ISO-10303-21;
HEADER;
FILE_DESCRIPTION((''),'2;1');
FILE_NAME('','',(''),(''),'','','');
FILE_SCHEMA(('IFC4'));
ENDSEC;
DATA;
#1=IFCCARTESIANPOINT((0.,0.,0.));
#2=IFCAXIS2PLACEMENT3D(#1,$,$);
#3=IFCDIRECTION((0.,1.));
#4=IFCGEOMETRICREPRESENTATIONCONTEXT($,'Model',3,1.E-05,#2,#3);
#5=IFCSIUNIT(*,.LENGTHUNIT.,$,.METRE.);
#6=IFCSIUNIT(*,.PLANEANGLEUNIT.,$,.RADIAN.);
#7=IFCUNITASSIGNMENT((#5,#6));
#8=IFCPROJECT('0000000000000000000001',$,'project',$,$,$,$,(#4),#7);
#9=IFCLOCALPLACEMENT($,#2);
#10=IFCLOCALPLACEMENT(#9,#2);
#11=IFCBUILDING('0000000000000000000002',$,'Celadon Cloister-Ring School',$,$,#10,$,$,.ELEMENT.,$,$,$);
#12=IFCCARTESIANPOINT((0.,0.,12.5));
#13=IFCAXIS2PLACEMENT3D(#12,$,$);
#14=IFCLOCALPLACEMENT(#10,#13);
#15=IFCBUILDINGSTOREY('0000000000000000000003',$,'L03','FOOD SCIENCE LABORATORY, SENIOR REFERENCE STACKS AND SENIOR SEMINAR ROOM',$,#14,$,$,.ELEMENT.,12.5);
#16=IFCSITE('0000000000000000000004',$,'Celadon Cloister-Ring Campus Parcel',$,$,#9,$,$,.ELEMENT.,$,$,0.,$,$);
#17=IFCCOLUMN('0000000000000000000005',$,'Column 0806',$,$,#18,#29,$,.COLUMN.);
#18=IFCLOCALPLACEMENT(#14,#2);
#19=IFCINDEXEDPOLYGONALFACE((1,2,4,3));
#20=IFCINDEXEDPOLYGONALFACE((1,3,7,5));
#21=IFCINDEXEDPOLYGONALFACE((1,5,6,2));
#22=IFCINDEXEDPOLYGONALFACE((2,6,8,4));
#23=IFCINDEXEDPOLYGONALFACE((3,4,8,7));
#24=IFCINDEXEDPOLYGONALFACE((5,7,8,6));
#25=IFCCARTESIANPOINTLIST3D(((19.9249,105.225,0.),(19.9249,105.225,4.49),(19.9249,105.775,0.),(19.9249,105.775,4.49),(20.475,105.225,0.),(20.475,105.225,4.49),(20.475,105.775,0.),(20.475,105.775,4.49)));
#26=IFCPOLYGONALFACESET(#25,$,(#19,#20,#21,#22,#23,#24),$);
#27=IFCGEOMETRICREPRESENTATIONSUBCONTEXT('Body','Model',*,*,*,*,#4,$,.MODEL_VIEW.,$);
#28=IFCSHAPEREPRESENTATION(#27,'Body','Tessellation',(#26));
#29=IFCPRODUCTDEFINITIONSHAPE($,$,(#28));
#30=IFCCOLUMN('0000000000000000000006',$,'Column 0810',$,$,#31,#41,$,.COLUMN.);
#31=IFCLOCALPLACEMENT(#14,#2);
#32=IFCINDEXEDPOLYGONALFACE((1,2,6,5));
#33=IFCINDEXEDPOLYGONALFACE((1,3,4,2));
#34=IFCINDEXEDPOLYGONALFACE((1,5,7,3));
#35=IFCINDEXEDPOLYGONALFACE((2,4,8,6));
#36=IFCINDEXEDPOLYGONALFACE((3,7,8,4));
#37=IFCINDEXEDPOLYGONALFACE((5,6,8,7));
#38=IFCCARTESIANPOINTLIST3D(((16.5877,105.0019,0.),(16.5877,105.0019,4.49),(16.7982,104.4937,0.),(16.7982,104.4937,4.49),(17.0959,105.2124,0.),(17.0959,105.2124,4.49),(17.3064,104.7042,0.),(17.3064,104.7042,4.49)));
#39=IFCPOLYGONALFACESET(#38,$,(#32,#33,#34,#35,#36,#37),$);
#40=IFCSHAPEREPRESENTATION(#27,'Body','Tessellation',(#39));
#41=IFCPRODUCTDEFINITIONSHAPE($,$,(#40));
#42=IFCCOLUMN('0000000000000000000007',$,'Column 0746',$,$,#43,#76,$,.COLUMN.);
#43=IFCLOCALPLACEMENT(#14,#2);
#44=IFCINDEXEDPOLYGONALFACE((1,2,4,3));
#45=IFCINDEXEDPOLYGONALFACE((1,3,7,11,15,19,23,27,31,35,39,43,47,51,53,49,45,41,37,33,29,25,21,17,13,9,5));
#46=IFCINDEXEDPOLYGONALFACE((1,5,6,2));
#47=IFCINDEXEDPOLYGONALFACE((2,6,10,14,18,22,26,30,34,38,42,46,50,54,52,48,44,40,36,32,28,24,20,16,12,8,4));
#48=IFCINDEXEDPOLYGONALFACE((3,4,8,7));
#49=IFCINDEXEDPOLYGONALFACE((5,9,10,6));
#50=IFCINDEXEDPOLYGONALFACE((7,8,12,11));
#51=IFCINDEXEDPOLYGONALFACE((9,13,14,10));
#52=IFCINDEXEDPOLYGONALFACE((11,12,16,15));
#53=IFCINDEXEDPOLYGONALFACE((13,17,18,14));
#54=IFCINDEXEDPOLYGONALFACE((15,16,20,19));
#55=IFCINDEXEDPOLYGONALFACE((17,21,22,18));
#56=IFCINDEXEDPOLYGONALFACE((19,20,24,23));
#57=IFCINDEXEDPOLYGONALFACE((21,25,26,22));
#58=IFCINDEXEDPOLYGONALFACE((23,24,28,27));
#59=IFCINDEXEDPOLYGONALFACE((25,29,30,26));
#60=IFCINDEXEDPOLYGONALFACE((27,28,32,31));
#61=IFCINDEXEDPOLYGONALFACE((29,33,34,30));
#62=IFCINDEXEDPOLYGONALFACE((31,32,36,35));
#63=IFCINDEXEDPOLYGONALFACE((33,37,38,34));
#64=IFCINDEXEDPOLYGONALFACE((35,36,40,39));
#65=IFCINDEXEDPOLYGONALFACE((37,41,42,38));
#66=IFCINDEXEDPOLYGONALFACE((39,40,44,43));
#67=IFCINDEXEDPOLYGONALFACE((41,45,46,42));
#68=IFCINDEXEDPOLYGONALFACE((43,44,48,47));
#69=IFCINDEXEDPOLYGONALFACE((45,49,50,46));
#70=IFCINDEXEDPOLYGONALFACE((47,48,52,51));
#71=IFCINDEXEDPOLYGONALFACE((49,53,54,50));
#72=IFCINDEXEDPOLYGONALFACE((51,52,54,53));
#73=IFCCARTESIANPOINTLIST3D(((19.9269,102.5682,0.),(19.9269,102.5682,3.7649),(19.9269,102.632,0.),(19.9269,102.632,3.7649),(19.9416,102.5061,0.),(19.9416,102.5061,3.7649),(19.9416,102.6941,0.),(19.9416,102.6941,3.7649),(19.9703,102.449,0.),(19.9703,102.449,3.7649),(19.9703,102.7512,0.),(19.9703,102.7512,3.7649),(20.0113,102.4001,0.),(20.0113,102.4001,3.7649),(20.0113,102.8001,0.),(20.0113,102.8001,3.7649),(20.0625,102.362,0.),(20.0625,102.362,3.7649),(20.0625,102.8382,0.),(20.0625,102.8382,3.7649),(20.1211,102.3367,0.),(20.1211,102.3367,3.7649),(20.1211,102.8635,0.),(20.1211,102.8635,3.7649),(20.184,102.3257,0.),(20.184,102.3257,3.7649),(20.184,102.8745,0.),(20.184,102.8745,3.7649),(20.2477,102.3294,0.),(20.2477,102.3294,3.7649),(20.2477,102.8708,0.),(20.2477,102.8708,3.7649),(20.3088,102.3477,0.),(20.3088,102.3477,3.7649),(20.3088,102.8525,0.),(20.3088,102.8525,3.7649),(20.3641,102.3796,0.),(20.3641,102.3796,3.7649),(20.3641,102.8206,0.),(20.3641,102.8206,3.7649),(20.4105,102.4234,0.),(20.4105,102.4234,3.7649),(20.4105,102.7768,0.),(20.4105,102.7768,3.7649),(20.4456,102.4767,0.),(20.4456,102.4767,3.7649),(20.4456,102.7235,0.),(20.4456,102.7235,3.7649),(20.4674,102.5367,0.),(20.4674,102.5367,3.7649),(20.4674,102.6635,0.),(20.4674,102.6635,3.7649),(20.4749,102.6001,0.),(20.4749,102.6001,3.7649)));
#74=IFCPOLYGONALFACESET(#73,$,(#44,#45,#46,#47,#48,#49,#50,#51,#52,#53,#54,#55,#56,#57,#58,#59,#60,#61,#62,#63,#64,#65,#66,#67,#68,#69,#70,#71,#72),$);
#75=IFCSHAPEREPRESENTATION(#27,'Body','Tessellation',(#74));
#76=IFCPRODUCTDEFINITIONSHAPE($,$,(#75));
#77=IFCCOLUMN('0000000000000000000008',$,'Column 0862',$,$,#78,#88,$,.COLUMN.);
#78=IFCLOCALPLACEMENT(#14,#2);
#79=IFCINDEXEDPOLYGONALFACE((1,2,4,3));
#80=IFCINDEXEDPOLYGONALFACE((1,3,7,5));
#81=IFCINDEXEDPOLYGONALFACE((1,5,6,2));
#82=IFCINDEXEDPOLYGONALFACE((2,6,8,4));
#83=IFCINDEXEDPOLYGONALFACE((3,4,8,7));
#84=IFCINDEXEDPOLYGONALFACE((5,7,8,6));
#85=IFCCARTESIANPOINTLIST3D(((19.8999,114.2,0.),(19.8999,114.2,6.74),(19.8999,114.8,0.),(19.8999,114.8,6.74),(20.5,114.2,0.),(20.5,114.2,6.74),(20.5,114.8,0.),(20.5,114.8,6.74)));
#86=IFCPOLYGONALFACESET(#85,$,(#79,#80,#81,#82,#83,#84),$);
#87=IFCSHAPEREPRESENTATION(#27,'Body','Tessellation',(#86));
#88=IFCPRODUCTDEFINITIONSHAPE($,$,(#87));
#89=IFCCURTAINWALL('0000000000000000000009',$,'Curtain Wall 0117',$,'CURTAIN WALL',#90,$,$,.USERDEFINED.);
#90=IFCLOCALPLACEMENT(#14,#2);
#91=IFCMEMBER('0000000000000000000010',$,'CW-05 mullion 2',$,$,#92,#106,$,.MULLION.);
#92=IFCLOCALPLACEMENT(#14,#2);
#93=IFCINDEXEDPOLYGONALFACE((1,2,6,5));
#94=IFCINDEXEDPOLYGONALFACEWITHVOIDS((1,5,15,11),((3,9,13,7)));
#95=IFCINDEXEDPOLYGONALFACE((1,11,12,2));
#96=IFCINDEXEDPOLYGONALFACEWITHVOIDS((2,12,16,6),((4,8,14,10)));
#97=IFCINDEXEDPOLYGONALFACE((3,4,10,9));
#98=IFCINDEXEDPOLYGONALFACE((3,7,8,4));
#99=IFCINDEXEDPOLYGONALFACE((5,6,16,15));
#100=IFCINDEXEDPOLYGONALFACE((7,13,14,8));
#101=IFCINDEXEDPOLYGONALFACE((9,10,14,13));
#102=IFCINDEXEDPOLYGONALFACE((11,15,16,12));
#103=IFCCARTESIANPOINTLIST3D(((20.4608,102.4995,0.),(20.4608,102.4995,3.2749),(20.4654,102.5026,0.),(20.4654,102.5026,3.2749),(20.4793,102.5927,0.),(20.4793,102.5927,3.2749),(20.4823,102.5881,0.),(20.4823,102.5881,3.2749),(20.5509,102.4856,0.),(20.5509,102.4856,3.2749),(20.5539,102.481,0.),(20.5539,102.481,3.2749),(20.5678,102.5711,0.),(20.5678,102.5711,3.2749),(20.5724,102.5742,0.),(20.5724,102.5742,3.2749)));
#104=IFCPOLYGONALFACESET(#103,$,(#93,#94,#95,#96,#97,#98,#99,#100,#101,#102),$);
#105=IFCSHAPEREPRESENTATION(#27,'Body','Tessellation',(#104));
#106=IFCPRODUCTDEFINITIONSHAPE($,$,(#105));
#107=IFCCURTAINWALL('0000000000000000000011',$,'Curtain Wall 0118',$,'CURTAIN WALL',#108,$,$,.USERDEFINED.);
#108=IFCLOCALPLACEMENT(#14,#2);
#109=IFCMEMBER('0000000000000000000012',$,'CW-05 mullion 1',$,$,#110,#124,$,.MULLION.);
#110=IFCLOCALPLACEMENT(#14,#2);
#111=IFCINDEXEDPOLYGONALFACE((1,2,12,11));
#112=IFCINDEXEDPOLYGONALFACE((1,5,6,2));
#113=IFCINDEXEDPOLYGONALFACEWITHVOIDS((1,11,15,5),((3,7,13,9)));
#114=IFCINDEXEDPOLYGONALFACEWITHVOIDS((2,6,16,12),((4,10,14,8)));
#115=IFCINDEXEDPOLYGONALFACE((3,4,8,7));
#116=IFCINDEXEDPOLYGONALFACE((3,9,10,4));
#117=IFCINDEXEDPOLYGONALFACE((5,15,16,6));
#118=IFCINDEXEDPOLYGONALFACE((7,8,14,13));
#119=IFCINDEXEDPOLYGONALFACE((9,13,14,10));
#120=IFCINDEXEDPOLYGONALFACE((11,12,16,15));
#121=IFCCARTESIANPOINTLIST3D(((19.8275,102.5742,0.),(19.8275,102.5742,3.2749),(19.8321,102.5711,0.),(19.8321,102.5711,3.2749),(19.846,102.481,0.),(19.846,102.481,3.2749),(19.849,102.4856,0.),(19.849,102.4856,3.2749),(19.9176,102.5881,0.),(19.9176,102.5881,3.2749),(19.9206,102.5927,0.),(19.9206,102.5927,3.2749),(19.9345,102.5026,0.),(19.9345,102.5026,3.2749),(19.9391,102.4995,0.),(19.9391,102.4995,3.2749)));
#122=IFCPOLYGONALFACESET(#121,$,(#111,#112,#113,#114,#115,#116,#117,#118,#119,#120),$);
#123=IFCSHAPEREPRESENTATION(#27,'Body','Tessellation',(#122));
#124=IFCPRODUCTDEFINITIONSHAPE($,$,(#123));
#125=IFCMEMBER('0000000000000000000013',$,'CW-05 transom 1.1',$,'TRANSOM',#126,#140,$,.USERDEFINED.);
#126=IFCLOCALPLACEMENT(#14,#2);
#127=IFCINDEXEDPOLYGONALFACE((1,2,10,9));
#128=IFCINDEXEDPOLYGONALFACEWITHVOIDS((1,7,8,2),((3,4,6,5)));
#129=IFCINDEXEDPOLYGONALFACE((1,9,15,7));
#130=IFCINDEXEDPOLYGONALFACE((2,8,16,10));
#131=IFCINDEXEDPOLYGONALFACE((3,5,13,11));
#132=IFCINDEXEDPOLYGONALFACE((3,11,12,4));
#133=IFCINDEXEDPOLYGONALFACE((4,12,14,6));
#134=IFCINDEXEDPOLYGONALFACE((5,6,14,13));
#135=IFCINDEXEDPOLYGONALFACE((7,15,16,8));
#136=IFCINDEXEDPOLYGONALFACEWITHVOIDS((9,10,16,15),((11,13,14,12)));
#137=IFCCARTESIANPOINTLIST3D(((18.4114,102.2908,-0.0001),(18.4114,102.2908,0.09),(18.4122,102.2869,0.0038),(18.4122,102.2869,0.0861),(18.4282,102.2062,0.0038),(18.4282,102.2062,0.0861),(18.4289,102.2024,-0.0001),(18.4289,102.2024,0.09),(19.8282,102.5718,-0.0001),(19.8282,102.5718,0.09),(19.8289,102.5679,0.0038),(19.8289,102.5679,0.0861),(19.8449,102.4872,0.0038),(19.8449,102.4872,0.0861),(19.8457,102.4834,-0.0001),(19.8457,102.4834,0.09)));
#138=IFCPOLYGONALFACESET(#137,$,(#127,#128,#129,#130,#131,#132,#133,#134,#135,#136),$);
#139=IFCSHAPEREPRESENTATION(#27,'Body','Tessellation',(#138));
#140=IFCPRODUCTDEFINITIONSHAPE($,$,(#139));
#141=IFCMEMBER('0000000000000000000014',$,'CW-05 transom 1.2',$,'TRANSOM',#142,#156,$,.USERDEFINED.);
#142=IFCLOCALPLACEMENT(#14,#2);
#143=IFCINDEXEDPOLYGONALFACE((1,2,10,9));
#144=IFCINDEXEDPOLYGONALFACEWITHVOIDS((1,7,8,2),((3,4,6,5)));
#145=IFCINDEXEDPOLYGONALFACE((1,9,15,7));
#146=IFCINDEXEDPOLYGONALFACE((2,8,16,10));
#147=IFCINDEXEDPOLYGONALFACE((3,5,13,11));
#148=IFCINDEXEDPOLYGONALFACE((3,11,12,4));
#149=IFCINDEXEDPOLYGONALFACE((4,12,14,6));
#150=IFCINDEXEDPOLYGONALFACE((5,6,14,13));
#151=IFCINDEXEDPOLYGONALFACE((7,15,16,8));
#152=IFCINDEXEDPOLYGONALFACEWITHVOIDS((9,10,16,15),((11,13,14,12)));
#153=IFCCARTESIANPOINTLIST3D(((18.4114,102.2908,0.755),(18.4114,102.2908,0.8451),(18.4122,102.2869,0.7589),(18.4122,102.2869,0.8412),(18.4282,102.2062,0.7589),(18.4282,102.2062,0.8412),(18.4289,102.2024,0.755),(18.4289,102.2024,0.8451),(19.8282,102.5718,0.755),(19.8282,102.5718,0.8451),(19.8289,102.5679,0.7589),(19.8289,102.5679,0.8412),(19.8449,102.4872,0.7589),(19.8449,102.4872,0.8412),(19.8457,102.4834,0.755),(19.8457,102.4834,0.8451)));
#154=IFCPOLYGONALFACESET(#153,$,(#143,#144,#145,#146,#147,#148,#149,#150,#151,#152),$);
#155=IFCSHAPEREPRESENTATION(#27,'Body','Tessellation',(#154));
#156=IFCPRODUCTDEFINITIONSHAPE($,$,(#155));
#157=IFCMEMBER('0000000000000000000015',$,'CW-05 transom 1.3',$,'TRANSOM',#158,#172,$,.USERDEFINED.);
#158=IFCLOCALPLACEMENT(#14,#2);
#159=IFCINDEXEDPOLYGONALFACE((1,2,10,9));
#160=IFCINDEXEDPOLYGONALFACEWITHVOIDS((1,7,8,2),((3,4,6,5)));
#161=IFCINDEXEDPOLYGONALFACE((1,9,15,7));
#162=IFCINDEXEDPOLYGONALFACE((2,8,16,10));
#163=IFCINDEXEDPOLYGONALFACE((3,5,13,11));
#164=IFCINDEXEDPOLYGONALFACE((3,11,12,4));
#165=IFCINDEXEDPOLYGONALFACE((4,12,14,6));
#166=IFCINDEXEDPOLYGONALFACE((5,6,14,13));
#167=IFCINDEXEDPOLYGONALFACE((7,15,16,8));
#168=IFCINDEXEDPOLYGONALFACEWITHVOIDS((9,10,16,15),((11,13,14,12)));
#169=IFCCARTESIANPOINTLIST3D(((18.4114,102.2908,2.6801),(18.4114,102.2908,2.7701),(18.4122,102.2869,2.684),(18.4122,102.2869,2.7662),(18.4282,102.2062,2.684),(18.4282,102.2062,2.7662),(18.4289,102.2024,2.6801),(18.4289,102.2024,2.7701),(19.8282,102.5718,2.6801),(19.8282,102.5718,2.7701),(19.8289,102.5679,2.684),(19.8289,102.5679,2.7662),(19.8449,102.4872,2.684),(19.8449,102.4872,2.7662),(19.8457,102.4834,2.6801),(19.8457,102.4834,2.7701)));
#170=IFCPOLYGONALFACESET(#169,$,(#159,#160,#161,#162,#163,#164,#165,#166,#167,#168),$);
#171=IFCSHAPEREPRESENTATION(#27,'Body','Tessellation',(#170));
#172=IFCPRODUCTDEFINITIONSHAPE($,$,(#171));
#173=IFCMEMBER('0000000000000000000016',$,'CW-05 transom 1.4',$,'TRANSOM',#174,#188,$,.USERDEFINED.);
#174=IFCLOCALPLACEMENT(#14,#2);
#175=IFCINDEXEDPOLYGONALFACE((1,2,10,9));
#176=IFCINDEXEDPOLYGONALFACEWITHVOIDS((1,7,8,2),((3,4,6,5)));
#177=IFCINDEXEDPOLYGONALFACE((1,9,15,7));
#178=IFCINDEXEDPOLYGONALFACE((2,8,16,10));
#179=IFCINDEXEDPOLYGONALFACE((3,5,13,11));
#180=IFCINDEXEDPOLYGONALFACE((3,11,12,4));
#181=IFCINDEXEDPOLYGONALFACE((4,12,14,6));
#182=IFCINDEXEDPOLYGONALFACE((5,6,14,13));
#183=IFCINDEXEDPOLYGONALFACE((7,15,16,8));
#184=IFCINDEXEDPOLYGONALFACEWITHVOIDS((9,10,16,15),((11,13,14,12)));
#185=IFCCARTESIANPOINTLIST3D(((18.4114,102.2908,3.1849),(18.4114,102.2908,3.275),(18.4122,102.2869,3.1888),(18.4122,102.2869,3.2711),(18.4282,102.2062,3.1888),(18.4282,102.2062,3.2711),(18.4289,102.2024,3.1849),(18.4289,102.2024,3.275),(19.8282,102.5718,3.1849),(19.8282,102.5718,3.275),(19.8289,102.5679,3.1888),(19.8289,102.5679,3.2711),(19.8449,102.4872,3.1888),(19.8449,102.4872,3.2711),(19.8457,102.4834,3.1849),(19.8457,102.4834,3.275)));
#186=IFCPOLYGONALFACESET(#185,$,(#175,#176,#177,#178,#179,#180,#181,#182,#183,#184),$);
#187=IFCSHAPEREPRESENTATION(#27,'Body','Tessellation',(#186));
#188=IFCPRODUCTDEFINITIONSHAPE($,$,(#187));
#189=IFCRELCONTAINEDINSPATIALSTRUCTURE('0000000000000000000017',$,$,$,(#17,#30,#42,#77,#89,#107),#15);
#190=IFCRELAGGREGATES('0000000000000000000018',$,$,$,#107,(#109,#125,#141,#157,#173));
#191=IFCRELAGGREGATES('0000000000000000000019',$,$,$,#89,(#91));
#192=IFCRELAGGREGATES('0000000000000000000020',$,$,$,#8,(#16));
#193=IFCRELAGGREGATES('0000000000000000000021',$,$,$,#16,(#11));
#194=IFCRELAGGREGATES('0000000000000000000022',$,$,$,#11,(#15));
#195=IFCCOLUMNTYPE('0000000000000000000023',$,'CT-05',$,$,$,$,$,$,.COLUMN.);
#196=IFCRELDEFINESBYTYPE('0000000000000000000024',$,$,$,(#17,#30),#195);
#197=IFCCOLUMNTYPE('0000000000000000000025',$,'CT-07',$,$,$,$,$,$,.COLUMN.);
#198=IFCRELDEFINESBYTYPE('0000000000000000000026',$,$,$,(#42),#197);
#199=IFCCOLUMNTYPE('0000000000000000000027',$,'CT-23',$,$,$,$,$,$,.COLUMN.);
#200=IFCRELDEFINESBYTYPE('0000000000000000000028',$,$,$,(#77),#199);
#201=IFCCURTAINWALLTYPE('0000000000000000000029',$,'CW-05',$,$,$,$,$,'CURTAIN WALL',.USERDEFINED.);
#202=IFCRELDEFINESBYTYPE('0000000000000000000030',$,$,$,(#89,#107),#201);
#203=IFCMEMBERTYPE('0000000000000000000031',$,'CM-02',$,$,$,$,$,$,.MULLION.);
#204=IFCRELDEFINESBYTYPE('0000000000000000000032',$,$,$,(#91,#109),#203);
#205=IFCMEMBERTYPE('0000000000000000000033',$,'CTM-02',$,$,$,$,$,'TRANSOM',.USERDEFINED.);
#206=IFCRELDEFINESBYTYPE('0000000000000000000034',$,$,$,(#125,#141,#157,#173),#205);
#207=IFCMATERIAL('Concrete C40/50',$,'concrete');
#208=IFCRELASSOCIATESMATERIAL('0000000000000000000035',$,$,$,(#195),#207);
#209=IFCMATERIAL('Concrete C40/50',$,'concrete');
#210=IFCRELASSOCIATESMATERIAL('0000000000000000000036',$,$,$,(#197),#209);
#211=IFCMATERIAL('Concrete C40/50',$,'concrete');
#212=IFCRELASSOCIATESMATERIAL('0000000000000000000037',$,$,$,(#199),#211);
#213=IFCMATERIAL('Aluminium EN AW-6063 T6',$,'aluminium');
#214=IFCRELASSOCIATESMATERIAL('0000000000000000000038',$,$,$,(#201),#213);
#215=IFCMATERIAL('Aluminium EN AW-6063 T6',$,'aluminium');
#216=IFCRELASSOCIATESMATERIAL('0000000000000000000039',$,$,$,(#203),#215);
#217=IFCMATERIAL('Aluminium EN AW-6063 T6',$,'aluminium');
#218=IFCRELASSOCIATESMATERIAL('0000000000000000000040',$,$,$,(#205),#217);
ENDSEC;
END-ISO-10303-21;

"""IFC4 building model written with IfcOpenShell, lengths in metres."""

from ifc_helpers import new_model, si_unit, direction, frame, origin, origin_2d, place, context, subcontext, project, spatial, rectangle, hollow_rectangle, circle, extrude, material, material_profile, profile_set, type_object, element, aggregate, save


model = new_model("IFC4")

# Units and contexts
model_context = context("Model", 3, precision=1e-05, world=origin(), true_north=direction((0.0, 1.0)))
body_context = subcontext(model_context, "Body", "Model", "MODEL_VIEW")
ifc_project = project(units=[si_unit("LENGTHUNIT", "METRE"), si_unit("PLANEANGLEUNIT", "RADIAN")], contexts=[model_context])

# Site, building, storey
site_placement = place(None, origin())
site = spatial("IfcSite", under=ifc_project, at=site_placement, Name="Celadon Cloister-Ring Campus Parcel", CompositionType="ELEMENT", RefElevation=0.0)
building_placement = place(site_placement, origin())
building = spatial("IfcBuilding", under=site, at=building_placement, Name="Celadon Cloister-Ring School", CompositionType="ELEMENT")
storey_placement = place(building_placement, frame((0.0, 0.0, 12.5)))
storey = spatial("IfcBuildingStorey", under=building, at=storey_placement, Name="L03", Description="FOOD SCIENCE LABORATORY, SENIOR REFERENCE STACKS AND SENIOR SEMINAR ROOM", CompositionType="ELEMENT", Elevation=12.5)

# Columns
ifc_material_1 = material(Name="Concrete C40/50", Category="concrete")
ifc_material_profile_1 = material_profile(ifc_material_1, rectangle(XDim=0.55, YDim=0.55, at=origin_2d()), Name="RC550X550")
ifc_profile_set_1 = profile_set([ifc_material_profile_1], Name="Concrete C40/50")
column_type_1 = type_object("IfcColumnType", Name="CT-05", PredefinedType="COLUMN", material=ifc_profile_set_1)
for number, where, z_axis, x_axis, name in (
    (1, (20.2, 105.5, 0.0), (0.0, 0.0, 1.0), (0.0, 1.0, 0.0), "Column 0806"),
    (2, (16.947, 104.853, 0.0), (0.0, 0.0, 1.0), (-0.382683, 0.92388, 0.0), "Column 0810"),
):
    element("IfcColumn", number, at=place(storey_placement, frame(where, z_axis=z_axis, x_axis=x_axis)), inside=storey, type_object=column_type_1, Name=name, PredefinedType="COLUMN", context=body_context, shape_type="SweptSolid", body=[
        extrude(rectangle(XDim=0.55, YDim=0.55, at=origin_2d()), origin(), (0.0, 0.0, 1.0), 4.49),
    ])
ifc_material_2 = material(Name="Concrete C40/50", Category="concrete")
ifc_material_profile_2 = material_profile(ifc_material_2, circle(Radius=0.2749, at=origin_2d()), Name="CIRC550")
ifc_profile_set_2 = profile_set([ifc_material_profile_2], Name="Concrete C40/50")
column_type_2 = type_object("IfcColumnType", Name="CT-07", PredefinedType="COLUMN", material=ifc_profile_set_2)
column_1_placement = place(storey_placement, frame((20.2, 102.6001, 0.0), z_axis=(0.0, 0.0, 1.0), x_axis=(1.0, 0.0, 0.0)))
element("IfcColumn", 3, at=column_1_placement, inside=storey, type_object=column_type_2, Name="Column 0746", PredefinedType="COLUMN", context=body_context, shape_type="SweptSolid", body=[
    extrude(circle(Radius=0.2749, at=origin_2d()), origin(), (0.0, 0.0, 1.0), 3.7649),
])
ifc_material_3 = material(Name="Concrete C40/50", Category="concrete")
ifc_material_profile_3 = material_profile(ifc_material_3, rectangle(XDim=0.6001, YDim=0.6001, at=origin_2d()), Name="RC600X600")
ifc_profile_set_3 = profile_set([ifc_material_profile_3], Name="Concrete C40/50")
column_type_3 = type_object("IfcColumnType", Name="CT-23", PredefinedType="COLUMN", material=ifc_profile_set_3)
column_2_placement = place(storey_placement, frame((20.2, 114.5, 0.0), z_axis=(0.0, 0.0, 1.0), x_axis=(0.0, 1.0, 0.0)))
element("IfcColumn", 4, at=column_2_placement, inside=storey, type_object=column_type_3, Name="Column 0862", PredefinedType="COLUMN", context=body_context, shape_type="SweptSolid", body=[
    extrude(rectangle(XDim=0.6001, YDim=0.6001, at=origin_2d()), origin(), (0.0, 0.0, 1.0), 6.74),
])

# Curtain wall, member
ifc_material_4 = material(Name="Aluminium EN AW-6063 T6", Category="aluminium")
curtain_wall_type = type_object("IfcCurtainWallType", Name="CW-05", ElementType="CURTAIN WALL", PredefinedType="USERDEFINED", material=ifc_material_4)
curtain_wall_1_placement = place(storey_placement, origin())
curtain_wall_1 = element("IfcCurtainWall", 5, at=curtain_wall_1_placement, inside=storey, type_object=curtain_wall_type, Name="Curtain Wall 0117", ObjectType="CURTAIN WALL", PredefinedType="USERDEFINED")
ifc_material_5 = material(Name="Aluminium EN AW-6063 T6", Category="aluminium")
ifc_material_profile_4 = material_profile(ifc_material_5, hollow_rectangle(XDim=0.095, YDim=0.095, WallThickness=0.0039, at=origin_2d()), Name="RHS95X95X4")
ifc_profile_set_4 = profile_set([ifc_material_profile_4], Name="Aluminium EN AW-6063 T6")
member_type_1 = type_object("IfcMemberType", Name="CM-02", PredefinedType="MULLION", material=ifc_profile_set_4)
member_1_placement = place(storey_placement, frame((20.5166, 102.5369, 0.0), z_axis=(0.0, 0.0, 1.0), x_axis=(-0.194586, -0.980885, 0.0)))
member_1 = element("IfcMember", 6, at=member_1_placement, type_object=member_type_1, Name="CW-05 mullion 2", PredefinedType="MULLION", context=body_context, shape_type="SweptSolid", body=[
    extrude(hollow_rectangle(XDim=0.095, YDim=0.095, WallThickness=0.0039, at=origin_2d()), origin(), (0.0, 0.0, 1.0), 3.2749),
])

# Curtain wall, members
curtain_wall_2_placement = place(storey_placement, origin())
curtain_wall_2 = element("IfcCurtainWall", 7, at=curtain_wall_2_placement, inside=storey, type_object=curtain_wall_type, Name="Curtain Wall 0118", ObjectType="CURTAIN WALL", PredefinedType="USERDEFINED")
member_2_placement = place(storey_placement, frame((19.8833, 102.5369, 0.0), z_axis=(0.0, 0.0, 1.0), x_axis=(0.194586, -0.980885, 0.0)))
member_2 = element("IfcMember", 8, at=member_2_placement, type_object=member_type_1, Name="CW-05 mullion 1", PredefinedType="MULLION", context=body_context, shape_type="SweptSolid", body=[
    extrude(hollow_rectangle(XDim=0.095, YDim=0.095, WallThickness=0.0039, at=origin_2d()), origin(), (0.0, 0.0, 1.0), 3.2749),
])
ifc_material_6 = material(Name="Aluminium EN AW-6063 T6", Category="aluminium")
ifc_material_profile_5 = material_profile(ifc_material_6, hollow_rectangle(XDim=0.0901, YDim=0.0901, WallThickness=0.0039, at=origin_2d()), Name="RHS90X90X4")
ifc_profile_set_5 = profile_set([ifc_material_profile_5], Name="Aluminium EN AW-6063 T6")
member_type_2 = type_object("IfcMemberType", Name="CTM-02", ElementType="TRANSOM", PredefinedType="USERDEFINED", material=ifc_profile_set_5)
member_3_placement = place(storey_placement, frame((19.8369, 102.5276, 0.0449), z_axis=(-0.980891, -0.194556, 0.0), x_axis=(0.194556, -0.980891, 0.0)))
member_3 = element("IfcMember", 9, at=member_3_placement, type_object=member_type_2, Name="CW-05 transom 1.1", ObjectType="TRANSOM", PredefinedType="USERDEFINED", context=body_context, shape_type="SweptSolid", body=[
    extrude(hollow_rectangle(XDim=0.0901, YDim=0.0901, WallThickness=0.0039, at=origin_2d()), origin(), (0.0, 0.0, 1.0), 1.4443),
])
member_4_placement = place(storey_placement, frame((19.8369, 102.5276, 0.8), z_axis=(-0.980891, -0.194556, 0.0), x_axis=(0.194556, -0.980891, 0.0)))
member_4 = element("IfcMember", 10, at=member_4_placement, type_object=member_type_2, Name="CW-05 transom 1.2", ObjectType="TRANSOM", PredefinedType="USERDEFINED", context=body_context, shape_type="SweptSolid", body=[
    extrude(hollow_rectangle(XDim=0.0901, YDim=0.0901, WallThickness=0.0039, at=origin_2d()), origin(), (0.0, 0.0, 1.0), 1.4443),
])
member_5_placement = place(storey_placement, frame((19.8369, 102.5276, 2.7251), z_axis=(-0.980891, -0.194556, 0.0), x_axis=(0.194556, -0.980891, 0.0)))
member_5 = element("IfcMember", 11, at=member_5_placement, type_object=member_type_2, Name="CW-05 transom 1.3", ObjectType="TRANSOM", PredefinedType="USERDEFINED", context=body_context, shape_type="SweptSolid", body=[
    extrude(hollow_rectangle(XDim=0.0901, YDim=0.0901, WallThickness=0.0039, at=origin_2d()), origin(), (0.0, 0.0, 1.0), 1.4443),
])
member_6_placement = place(storey_placement, frame((19.8369, 102.5276, 3.23), z_axis=(-0.980891, -0.194556, 0.0), x_axis=(0.194556, -0.980891, 0.0)))
member_6 = element("IfcMember", 12, at=member_6_placement, type_object=member_type_2, Name="CW-05 transom 1.4", ObjectType="TRANSOM", PredefinedType="USERDEFINED", context=body_context, shape_type="SweptSolid", body=[
    extrude(hollow_rectangle(XDim=0.0901, YDim=0.0901, WallThickness=0.0039, at=origin_2d()), origin(), (0.0, 0.0, 1.0), 1.4443),
])
aggregate(curtain_wall_2, [member_2, member_3, member_4, member_5, member_6])

aggregate(curtain_wall_1, [member_1])

save(model, "model.ifc")
